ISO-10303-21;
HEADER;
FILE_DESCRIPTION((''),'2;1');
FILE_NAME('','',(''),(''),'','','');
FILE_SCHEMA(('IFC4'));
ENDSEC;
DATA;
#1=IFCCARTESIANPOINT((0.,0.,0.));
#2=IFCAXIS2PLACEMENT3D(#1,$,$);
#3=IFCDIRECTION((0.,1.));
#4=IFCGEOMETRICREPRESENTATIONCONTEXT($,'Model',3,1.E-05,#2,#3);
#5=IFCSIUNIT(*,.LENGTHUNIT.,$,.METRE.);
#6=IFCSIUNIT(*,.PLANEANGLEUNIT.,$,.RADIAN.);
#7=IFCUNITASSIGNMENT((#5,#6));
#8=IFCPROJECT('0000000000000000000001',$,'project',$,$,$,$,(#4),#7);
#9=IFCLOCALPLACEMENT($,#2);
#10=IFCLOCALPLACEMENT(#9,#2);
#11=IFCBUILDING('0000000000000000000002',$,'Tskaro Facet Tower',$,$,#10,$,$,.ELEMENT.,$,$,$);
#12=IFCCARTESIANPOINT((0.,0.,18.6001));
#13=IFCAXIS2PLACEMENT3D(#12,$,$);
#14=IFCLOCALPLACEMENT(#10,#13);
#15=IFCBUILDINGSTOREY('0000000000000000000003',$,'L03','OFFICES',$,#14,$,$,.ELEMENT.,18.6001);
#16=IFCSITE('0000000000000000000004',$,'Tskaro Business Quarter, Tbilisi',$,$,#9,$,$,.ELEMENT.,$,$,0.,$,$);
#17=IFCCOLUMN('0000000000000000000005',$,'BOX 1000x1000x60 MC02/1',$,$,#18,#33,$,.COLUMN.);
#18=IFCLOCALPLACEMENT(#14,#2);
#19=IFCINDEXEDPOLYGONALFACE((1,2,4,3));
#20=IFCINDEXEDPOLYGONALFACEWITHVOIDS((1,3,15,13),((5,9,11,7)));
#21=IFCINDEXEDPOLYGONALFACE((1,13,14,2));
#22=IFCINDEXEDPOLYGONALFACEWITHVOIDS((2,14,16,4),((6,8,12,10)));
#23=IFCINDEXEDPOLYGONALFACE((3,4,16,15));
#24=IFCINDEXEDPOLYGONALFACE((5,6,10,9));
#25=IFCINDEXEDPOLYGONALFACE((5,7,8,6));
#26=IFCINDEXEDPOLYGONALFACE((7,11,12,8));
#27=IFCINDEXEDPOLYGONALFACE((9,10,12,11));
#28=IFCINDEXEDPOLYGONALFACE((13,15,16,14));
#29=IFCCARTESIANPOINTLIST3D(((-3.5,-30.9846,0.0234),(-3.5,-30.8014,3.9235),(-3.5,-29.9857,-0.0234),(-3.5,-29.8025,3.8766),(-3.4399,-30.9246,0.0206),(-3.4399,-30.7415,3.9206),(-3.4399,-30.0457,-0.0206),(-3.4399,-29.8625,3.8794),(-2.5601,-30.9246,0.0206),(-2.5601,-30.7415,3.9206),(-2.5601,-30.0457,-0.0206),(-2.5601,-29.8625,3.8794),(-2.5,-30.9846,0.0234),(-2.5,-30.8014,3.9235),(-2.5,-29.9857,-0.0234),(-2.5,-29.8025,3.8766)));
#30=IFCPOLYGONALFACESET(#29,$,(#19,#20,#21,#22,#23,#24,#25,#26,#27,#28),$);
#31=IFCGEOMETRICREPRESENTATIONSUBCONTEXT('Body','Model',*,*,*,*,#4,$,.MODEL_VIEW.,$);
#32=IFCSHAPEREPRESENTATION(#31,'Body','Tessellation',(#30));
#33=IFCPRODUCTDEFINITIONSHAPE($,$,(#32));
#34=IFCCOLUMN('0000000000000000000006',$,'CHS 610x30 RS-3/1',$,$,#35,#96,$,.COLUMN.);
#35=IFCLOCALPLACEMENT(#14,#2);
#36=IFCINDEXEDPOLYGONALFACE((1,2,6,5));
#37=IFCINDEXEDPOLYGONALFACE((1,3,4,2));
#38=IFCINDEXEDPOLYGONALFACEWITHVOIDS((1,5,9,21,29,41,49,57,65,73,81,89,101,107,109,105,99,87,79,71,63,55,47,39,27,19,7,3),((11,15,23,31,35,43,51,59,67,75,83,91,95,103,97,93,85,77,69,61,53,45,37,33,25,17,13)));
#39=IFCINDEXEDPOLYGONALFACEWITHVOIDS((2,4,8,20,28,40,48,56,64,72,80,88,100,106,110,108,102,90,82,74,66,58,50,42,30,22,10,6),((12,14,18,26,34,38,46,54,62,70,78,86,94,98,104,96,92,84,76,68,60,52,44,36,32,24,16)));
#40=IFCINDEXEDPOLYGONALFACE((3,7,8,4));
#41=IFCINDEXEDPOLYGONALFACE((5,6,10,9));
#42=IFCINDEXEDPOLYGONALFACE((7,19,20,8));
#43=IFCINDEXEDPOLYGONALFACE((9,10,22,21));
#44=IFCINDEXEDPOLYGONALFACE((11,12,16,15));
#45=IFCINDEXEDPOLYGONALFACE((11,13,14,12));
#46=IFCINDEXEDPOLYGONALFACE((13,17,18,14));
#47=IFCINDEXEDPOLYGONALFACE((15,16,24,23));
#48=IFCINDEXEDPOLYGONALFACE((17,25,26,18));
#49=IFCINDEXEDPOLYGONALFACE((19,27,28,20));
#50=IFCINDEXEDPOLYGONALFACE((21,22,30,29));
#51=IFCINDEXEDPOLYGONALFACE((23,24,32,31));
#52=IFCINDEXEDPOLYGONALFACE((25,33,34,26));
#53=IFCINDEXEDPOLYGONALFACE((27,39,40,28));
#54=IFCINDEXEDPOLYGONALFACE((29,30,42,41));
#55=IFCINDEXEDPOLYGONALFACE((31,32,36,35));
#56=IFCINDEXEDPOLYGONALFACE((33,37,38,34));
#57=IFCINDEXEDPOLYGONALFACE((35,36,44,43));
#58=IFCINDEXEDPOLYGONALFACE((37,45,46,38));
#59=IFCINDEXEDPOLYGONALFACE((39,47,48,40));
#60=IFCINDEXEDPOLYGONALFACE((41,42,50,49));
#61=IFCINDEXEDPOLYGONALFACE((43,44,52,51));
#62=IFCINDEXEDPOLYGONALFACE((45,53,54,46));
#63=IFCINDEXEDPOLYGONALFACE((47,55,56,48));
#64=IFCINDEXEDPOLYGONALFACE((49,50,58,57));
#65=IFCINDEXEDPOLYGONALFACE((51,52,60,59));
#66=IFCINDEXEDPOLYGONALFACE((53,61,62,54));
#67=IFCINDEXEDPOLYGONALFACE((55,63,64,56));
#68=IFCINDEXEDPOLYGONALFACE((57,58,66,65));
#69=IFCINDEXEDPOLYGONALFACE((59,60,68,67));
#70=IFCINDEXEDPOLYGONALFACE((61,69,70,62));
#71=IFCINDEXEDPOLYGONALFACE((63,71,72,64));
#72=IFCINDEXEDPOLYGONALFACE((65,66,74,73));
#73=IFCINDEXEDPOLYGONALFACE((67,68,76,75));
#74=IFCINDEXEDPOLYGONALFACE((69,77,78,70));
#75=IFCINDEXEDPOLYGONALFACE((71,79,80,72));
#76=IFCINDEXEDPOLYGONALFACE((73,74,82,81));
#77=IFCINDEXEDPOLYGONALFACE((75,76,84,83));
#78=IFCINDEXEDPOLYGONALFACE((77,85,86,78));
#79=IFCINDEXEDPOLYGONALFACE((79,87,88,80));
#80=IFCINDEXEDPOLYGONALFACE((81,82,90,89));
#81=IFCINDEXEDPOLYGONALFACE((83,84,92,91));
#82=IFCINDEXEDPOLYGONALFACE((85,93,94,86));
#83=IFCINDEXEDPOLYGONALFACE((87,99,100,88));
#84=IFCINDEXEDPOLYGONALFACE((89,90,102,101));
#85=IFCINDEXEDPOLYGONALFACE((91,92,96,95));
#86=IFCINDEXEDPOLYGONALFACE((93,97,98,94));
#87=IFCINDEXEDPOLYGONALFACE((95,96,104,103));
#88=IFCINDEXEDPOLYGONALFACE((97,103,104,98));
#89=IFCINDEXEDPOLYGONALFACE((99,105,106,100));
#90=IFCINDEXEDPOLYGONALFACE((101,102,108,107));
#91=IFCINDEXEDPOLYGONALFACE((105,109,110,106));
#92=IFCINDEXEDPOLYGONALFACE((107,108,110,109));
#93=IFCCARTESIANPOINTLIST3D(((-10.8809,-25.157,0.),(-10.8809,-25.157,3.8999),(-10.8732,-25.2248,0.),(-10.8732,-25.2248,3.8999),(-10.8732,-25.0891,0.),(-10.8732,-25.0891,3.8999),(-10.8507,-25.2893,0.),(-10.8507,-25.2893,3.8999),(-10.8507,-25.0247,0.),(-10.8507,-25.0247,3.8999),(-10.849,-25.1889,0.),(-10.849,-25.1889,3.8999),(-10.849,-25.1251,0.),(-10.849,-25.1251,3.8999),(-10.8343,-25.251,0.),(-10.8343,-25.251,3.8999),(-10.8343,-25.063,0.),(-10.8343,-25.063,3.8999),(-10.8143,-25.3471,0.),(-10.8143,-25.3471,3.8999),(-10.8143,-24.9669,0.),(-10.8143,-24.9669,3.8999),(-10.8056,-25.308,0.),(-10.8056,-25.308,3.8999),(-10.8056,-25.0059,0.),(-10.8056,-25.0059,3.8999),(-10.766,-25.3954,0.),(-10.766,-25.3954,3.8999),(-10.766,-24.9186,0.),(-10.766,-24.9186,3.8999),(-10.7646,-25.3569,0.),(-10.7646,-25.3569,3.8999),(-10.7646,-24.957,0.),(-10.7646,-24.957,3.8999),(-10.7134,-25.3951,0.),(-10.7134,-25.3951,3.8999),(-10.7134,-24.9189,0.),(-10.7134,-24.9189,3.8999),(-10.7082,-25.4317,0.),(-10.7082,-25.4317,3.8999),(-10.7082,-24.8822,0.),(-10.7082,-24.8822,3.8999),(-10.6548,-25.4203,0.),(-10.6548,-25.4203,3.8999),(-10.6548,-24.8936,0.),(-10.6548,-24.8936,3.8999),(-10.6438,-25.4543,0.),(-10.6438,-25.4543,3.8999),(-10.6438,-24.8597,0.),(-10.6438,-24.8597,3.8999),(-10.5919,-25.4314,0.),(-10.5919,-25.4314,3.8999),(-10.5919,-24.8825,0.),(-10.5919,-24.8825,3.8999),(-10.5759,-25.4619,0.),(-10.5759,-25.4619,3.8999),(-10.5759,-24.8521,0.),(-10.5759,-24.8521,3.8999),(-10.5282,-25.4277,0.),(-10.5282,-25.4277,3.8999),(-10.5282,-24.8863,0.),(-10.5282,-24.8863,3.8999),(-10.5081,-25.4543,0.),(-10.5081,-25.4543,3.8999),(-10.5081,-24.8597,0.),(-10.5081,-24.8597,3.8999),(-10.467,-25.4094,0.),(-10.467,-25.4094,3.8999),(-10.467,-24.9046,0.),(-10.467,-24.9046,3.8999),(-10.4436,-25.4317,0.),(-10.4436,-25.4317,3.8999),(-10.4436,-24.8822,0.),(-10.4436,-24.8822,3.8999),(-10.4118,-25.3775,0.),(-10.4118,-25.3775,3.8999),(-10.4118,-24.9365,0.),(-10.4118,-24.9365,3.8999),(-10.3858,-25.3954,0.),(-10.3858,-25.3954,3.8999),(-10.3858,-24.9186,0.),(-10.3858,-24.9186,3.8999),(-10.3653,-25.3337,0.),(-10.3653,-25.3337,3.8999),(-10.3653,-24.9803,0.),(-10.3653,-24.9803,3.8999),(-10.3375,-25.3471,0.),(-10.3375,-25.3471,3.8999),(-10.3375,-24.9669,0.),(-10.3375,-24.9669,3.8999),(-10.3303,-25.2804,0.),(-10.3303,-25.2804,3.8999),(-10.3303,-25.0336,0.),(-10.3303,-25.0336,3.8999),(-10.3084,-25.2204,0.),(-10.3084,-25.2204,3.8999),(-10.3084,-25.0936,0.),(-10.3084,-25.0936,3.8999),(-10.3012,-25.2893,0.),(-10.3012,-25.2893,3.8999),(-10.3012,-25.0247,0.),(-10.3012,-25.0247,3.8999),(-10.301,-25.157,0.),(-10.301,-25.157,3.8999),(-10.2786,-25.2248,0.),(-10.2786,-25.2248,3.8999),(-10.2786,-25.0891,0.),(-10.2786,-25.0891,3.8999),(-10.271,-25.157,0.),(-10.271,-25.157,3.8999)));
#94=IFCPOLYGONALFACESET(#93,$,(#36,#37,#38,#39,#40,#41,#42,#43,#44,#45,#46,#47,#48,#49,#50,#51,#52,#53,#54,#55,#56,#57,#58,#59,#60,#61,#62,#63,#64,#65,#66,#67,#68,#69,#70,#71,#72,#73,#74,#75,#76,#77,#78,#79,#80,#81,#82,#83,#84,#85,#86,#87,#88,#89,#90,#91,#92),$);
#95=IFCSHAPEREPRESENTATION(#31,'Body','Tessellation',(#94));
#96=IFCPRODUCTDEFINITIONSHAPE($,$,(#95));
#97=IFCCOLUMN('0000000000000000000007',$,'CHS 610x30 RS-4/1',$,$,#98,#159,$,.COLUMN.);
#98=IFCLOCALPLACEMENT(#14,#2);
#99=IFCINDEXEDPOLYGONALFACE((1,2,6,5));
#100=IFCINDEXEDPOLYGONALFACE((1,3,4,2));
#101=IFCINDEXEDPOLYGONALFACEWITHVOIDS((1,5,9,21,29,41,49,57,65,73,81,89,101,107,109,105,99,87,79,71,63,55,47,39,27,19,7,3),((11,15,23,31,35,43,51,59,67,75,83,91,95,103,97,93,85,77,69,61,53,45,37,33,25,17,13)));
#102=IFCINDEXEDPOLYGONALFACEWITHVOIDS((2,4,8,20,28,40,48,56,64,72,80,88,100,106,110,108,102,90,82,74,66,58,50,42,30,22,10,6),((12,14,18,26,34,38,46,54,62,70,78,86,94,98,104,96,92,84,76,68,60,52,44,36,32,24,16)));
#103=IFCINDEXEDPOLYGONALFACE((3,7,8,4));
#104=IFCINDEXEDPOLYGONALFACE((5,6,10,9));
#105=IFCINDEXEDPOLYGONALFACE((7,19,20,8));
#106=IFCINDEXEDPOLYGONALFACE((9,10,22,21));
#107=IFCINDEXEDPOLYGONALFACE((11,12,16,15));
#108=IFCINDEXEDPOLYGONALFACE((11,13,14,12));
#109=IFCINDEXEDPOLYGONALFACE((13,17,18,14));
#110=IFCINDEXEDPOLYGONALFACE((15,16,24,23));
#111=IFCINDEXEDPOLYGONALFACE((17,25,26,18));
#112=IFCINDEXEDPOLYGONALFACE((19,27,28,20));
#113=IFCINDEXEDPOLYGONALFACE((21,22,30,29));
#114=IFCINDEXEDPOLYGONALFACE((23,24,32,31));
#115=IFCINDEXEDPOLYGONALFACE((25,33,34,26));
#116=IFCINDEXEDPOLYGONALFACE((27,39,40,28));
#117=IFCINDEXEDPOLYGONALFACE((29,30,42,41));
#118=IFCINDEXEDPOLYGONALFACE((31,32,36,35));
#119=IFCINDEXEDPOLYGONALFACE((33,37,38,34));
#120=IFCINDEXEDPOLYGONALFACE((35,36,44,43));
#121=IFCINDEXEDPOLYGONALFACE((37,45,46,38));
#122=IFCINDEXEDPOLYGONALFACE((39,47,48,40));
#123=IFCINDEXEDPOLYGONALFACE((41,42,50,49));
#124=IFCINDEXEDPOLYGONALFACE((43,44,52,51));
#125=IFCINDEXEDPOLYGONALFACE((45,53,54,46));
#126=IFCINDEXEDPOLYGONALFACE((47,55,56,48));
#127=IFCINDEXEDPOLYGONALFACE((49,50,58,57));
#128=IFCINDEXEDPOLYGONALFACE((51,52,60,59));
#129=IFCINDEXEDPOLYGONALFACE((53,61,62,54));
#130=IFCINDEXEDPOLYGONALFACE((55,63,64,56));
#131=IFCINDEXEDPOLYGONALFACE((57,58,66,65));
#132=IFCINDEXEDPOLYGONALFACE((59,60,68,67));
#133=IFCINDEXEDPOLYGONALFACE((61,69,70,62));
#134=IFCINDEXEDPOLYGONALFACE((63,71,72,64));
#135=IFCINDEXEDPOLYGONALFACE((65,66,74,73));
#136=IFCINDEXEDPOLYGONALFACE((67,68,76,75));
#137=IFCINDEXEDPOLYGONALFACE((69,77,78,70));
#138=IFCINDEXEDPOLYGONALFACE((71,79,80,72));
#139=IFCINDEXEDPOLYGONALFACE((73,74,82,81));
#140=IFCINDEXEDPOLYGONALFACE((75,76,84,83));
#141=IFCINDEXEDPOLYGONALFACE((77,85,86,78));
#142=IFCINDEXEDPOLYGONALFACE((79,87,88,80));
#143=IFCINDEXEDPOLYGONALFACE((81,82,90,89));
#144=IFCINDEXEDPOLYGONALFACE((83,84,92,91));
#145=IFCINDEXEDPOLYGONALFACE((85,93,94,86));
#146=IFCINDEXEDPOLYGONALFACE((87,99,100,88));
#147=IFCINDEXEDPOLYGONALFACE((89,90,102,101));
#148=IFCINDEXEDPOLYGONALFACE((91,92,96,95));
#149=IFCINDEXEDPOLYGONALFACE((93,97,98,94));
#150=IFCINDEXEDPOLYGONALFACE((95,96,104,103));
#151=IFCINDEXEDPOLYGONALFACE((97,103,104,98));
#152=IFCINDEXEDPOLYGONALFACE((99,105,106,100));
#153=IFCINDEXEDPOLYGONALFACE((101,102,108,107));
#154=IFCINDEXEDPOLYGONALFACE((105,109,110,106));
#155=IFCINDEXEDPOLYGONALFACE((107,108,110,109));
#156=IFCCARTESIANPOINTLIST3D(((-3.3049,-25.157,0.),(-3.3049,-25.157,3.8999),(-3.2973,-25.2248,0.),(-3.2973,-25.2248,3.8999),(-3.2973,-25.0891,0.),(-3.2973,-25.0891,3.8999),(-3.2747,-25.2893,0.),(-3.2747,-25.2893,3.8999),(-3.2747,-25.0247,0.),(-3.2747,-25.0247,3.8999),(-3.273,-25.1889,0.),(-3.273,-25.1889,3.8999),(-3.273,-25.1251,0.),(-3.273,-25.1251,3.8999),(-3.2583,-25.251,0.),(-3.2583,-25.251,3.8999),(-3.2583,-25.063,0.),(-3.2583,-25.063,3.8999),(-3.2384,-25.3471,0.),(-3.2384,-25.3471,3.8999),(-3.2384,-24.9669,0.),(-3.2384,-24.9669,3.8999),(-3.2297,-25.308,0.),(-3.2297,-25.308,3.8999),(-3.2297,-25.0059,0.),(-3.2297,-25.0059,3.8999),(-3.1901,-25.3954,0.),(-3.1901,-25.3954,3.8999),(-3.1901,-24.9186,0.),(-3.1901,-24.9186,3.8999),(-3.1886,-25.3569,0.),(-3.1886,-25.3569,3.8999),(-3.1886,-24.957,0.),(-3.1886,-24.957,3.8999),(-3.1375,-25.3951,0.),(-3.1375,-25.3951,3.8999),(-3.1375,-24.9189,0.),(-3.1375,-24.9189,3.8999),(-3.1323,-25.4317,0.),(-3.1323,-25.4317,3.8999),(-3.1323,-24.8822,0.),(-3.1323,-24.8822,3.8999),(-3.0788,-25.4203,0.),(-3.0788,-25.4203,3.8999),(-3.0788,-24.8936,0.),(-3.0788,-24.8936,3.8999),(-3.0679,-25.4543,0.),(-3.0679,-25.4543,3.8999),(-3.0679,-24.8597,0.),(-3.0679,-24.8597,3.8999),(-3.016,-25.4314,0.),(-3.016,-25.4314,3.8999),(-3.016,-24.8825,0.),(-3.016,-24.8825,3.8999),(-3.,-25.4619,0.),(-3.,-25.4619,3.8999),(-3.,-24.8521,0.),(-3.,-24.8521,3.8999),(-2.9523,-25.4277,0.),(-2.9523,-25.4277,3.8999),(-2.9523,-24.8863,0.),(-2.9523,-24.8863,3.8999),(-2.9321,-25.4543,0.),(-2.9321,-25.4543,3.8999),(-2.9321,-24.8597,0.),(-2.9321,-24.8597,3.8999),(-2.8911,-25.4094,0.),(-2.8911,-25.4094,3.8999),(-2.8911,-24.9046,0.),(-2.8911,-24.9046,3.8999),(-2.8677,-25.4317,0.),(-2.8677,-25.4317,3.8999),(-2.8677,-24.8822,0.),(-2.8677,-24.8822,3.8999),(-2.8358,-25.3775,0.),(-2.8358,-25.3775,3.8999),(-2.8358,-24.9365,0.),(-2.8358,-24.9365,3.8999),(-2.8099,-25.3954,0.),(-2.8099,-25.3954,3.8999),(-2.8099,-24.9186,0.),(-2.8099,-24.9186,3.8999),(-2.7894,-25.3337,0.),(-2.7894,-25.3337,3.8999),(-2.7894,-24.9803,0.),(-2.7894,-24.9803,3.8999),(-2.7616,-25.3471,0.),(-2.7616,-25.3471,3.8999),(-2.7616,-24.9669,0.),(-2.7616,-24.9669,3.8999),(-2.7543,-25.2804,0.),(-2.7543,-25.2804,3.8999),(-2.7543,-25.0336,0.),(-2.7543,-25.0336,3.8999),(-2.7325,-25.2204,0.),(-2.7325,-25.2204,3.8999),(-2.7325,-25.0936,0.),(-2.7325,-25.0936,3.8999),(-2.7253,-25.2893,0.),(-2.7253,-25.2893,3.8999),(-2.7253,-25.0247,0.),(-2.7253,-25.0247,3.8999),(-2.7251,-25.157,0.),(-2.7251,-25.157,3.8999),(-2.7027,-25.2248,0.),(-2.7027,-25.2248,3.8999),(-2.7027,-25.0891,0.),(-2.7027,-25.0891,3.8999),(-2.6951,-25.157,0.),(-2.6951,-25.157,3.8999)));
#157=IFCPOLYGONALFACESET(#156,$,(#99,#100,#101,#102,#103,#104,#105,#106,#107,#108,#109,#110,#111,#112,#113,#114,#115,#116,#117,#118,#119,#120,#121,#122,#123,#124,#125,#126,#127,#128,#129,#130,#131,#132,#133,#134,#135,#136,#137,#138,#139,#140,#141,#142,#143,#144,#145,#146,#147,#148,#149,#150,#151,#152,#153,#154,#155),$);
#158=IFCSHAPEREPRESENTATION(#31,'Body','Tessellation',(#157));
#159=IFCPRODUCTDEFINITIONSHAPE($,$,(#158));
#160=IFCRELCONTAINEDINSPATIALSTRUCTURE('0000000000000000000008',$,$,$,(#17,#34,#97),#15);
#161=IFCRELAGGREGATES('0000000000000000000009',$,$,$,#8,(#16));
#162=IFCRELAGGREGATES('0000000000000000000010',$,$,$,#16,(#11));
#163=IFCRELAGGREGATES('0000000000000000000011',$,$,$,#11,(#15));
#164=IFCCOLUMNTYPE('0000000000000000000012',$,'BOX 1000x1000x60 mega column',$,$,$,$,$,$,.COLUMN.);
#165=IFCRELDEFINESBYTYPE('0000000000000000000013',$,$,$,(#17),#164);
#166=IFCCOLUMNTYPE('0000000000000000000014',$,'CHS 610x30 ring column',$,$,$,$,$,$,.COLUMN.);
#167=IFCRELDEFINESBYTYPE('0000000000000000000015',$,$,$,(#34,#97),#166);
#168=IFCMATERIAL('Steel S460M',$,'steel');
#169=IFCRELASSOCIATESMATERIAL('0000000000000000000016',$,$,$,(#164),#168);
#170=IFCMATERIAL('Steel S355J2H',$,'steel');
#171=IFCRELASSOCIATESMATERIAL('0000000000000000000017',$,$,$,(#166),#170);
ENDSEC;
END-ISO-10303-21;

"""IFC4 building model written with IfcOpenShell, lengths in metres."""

from ifc_helpers import new_model, si_unit, direction, frame, origin, origin_2d, place, context, subcontext, project, spatial, hollow_rectangle, hollow_circle, extrude, material, material_profile, profile_set, type_object, element, save


model = new_model("IFC4")

# Units and contexts
model_context = context("Model", 3, precision=1e-05, world=origin(), true_north=direction((0.0, 1.0)))
body_context = subcontext(model_context, "Body", "Model", "MODEL_VIEW")
ifc_project = project(units=[si_unit("LENGTHUNIT", "METRE"), si_unit("PLANEANGLEUNIT", "RADIAN")], contexts=[model_context])

# Site, building, storey
site_placement = place(None, origin())
site = spatial("IfcSite", under=ifc_project, at=site_placement, Name="Tskaro Business Quarter, Tbilisi", CompositionType="ELEMENT", RefElevation=0.0)
building_placement = place(site_placement, origin())
building = spatial("IfcBuilding", under=site, at=building_placement, Name="Tskaro Facet Tower", CompositionType="ELEMENT")
storey_placement = place(building_placement, frame((0.0, 0.0, 18.6001)))
storey = spatial("IfcBuildingStorey", under=building, at=storey_placement, Name="L03", Description="OFFICES", CompositionType="ELEMENT", Elevation=18.6001)

# Columns
ifc_material_1 = material(Name="Steel S460M", Category="steel")
ifc_material_profile_1 = material_profile(ifc_material_1, hollow_rectangle(XDim=1.0, YDim=1.0, WallThickness=0.0601, at=origin_2d()), Name="BOX 1000x1000x60")
ifc_profile_set_1 = profile_set([ifc_material_profile_1], Name="Steel S460M")
column_type_1 = type_object("IfcColumnType", Name="BOX 1000x1000x60 mega column", PredefinedType="COLUMN", material=ifc_profile_set_1)
column_1_placement = place(storey_placement, frame((-3.0, -30.4851, 0.0), z_axis=(0.0, 0.0469, 0.9989), x_axis=(-1.0, 0.0, 0.0)))
element("IfcColumn", 1, at=column_1_placement, inside=storey, type_object=column_type_1, Name="BOX 1000x1000x60 MC02/1", PredefinedType="COLUMN", context=body_context, shape_type="SweptSolid", body=[
    extrude(hollow_rectangle(XDim=1.0, YDim=1.0, WallThickness=0.0601, at=origin_2d()), origin(), (0.0, 0.0, 1.0), 3.9043),
])
ifc_material_2 = material(Name="Steel S355J2H", Category="steel")
ifc_material_profile_2 = material_profile(ifc_material_2, hollow_circle(Radius=0.3049, WallThickness=0.03, at=origin_2d()), Name="CHS 610x30")
ifc_profile_set_2 = profile_set([ifc_material_profile_2], Name="Steel S355J2H")
column_type_2 = type_object("IfcColumnType", Name="CHS 610x30 ring column", PredefinedType="COLUMN", material=ifc_profile_set_2)
for number, where, z_axis, x_axis, name in (
    (2, (-10.5759, -25.157, 0.0), (0.0, 0.0, 1.0), (1.0, 0.0, 0.0), "CHS 610x30 RS-3/1"),
    (3, (-3.0, -25.157, 0.0), (0.0, 0.0, 1.0), (1.0, 0.0, 0.0), "CHS 610x30 RS-4/1"),
):
    element("IfcColumn", number, at=place(storey_placement, frame(where, z_axis=z_axis, x_axis=x_axis)), inside=storey, type_object=column_type_2, Name=name, PredefinedType="COLUMN", context=body_context, shape_type="SweptSolid", body=[
        extrude(hollow_circle(Radius=0.3049, WallThickness=0.03, at=origin_2d()), origin(), (0.0, 0.0, 1.0), 3.8999),
    ])

save(model, "model.ifc")
